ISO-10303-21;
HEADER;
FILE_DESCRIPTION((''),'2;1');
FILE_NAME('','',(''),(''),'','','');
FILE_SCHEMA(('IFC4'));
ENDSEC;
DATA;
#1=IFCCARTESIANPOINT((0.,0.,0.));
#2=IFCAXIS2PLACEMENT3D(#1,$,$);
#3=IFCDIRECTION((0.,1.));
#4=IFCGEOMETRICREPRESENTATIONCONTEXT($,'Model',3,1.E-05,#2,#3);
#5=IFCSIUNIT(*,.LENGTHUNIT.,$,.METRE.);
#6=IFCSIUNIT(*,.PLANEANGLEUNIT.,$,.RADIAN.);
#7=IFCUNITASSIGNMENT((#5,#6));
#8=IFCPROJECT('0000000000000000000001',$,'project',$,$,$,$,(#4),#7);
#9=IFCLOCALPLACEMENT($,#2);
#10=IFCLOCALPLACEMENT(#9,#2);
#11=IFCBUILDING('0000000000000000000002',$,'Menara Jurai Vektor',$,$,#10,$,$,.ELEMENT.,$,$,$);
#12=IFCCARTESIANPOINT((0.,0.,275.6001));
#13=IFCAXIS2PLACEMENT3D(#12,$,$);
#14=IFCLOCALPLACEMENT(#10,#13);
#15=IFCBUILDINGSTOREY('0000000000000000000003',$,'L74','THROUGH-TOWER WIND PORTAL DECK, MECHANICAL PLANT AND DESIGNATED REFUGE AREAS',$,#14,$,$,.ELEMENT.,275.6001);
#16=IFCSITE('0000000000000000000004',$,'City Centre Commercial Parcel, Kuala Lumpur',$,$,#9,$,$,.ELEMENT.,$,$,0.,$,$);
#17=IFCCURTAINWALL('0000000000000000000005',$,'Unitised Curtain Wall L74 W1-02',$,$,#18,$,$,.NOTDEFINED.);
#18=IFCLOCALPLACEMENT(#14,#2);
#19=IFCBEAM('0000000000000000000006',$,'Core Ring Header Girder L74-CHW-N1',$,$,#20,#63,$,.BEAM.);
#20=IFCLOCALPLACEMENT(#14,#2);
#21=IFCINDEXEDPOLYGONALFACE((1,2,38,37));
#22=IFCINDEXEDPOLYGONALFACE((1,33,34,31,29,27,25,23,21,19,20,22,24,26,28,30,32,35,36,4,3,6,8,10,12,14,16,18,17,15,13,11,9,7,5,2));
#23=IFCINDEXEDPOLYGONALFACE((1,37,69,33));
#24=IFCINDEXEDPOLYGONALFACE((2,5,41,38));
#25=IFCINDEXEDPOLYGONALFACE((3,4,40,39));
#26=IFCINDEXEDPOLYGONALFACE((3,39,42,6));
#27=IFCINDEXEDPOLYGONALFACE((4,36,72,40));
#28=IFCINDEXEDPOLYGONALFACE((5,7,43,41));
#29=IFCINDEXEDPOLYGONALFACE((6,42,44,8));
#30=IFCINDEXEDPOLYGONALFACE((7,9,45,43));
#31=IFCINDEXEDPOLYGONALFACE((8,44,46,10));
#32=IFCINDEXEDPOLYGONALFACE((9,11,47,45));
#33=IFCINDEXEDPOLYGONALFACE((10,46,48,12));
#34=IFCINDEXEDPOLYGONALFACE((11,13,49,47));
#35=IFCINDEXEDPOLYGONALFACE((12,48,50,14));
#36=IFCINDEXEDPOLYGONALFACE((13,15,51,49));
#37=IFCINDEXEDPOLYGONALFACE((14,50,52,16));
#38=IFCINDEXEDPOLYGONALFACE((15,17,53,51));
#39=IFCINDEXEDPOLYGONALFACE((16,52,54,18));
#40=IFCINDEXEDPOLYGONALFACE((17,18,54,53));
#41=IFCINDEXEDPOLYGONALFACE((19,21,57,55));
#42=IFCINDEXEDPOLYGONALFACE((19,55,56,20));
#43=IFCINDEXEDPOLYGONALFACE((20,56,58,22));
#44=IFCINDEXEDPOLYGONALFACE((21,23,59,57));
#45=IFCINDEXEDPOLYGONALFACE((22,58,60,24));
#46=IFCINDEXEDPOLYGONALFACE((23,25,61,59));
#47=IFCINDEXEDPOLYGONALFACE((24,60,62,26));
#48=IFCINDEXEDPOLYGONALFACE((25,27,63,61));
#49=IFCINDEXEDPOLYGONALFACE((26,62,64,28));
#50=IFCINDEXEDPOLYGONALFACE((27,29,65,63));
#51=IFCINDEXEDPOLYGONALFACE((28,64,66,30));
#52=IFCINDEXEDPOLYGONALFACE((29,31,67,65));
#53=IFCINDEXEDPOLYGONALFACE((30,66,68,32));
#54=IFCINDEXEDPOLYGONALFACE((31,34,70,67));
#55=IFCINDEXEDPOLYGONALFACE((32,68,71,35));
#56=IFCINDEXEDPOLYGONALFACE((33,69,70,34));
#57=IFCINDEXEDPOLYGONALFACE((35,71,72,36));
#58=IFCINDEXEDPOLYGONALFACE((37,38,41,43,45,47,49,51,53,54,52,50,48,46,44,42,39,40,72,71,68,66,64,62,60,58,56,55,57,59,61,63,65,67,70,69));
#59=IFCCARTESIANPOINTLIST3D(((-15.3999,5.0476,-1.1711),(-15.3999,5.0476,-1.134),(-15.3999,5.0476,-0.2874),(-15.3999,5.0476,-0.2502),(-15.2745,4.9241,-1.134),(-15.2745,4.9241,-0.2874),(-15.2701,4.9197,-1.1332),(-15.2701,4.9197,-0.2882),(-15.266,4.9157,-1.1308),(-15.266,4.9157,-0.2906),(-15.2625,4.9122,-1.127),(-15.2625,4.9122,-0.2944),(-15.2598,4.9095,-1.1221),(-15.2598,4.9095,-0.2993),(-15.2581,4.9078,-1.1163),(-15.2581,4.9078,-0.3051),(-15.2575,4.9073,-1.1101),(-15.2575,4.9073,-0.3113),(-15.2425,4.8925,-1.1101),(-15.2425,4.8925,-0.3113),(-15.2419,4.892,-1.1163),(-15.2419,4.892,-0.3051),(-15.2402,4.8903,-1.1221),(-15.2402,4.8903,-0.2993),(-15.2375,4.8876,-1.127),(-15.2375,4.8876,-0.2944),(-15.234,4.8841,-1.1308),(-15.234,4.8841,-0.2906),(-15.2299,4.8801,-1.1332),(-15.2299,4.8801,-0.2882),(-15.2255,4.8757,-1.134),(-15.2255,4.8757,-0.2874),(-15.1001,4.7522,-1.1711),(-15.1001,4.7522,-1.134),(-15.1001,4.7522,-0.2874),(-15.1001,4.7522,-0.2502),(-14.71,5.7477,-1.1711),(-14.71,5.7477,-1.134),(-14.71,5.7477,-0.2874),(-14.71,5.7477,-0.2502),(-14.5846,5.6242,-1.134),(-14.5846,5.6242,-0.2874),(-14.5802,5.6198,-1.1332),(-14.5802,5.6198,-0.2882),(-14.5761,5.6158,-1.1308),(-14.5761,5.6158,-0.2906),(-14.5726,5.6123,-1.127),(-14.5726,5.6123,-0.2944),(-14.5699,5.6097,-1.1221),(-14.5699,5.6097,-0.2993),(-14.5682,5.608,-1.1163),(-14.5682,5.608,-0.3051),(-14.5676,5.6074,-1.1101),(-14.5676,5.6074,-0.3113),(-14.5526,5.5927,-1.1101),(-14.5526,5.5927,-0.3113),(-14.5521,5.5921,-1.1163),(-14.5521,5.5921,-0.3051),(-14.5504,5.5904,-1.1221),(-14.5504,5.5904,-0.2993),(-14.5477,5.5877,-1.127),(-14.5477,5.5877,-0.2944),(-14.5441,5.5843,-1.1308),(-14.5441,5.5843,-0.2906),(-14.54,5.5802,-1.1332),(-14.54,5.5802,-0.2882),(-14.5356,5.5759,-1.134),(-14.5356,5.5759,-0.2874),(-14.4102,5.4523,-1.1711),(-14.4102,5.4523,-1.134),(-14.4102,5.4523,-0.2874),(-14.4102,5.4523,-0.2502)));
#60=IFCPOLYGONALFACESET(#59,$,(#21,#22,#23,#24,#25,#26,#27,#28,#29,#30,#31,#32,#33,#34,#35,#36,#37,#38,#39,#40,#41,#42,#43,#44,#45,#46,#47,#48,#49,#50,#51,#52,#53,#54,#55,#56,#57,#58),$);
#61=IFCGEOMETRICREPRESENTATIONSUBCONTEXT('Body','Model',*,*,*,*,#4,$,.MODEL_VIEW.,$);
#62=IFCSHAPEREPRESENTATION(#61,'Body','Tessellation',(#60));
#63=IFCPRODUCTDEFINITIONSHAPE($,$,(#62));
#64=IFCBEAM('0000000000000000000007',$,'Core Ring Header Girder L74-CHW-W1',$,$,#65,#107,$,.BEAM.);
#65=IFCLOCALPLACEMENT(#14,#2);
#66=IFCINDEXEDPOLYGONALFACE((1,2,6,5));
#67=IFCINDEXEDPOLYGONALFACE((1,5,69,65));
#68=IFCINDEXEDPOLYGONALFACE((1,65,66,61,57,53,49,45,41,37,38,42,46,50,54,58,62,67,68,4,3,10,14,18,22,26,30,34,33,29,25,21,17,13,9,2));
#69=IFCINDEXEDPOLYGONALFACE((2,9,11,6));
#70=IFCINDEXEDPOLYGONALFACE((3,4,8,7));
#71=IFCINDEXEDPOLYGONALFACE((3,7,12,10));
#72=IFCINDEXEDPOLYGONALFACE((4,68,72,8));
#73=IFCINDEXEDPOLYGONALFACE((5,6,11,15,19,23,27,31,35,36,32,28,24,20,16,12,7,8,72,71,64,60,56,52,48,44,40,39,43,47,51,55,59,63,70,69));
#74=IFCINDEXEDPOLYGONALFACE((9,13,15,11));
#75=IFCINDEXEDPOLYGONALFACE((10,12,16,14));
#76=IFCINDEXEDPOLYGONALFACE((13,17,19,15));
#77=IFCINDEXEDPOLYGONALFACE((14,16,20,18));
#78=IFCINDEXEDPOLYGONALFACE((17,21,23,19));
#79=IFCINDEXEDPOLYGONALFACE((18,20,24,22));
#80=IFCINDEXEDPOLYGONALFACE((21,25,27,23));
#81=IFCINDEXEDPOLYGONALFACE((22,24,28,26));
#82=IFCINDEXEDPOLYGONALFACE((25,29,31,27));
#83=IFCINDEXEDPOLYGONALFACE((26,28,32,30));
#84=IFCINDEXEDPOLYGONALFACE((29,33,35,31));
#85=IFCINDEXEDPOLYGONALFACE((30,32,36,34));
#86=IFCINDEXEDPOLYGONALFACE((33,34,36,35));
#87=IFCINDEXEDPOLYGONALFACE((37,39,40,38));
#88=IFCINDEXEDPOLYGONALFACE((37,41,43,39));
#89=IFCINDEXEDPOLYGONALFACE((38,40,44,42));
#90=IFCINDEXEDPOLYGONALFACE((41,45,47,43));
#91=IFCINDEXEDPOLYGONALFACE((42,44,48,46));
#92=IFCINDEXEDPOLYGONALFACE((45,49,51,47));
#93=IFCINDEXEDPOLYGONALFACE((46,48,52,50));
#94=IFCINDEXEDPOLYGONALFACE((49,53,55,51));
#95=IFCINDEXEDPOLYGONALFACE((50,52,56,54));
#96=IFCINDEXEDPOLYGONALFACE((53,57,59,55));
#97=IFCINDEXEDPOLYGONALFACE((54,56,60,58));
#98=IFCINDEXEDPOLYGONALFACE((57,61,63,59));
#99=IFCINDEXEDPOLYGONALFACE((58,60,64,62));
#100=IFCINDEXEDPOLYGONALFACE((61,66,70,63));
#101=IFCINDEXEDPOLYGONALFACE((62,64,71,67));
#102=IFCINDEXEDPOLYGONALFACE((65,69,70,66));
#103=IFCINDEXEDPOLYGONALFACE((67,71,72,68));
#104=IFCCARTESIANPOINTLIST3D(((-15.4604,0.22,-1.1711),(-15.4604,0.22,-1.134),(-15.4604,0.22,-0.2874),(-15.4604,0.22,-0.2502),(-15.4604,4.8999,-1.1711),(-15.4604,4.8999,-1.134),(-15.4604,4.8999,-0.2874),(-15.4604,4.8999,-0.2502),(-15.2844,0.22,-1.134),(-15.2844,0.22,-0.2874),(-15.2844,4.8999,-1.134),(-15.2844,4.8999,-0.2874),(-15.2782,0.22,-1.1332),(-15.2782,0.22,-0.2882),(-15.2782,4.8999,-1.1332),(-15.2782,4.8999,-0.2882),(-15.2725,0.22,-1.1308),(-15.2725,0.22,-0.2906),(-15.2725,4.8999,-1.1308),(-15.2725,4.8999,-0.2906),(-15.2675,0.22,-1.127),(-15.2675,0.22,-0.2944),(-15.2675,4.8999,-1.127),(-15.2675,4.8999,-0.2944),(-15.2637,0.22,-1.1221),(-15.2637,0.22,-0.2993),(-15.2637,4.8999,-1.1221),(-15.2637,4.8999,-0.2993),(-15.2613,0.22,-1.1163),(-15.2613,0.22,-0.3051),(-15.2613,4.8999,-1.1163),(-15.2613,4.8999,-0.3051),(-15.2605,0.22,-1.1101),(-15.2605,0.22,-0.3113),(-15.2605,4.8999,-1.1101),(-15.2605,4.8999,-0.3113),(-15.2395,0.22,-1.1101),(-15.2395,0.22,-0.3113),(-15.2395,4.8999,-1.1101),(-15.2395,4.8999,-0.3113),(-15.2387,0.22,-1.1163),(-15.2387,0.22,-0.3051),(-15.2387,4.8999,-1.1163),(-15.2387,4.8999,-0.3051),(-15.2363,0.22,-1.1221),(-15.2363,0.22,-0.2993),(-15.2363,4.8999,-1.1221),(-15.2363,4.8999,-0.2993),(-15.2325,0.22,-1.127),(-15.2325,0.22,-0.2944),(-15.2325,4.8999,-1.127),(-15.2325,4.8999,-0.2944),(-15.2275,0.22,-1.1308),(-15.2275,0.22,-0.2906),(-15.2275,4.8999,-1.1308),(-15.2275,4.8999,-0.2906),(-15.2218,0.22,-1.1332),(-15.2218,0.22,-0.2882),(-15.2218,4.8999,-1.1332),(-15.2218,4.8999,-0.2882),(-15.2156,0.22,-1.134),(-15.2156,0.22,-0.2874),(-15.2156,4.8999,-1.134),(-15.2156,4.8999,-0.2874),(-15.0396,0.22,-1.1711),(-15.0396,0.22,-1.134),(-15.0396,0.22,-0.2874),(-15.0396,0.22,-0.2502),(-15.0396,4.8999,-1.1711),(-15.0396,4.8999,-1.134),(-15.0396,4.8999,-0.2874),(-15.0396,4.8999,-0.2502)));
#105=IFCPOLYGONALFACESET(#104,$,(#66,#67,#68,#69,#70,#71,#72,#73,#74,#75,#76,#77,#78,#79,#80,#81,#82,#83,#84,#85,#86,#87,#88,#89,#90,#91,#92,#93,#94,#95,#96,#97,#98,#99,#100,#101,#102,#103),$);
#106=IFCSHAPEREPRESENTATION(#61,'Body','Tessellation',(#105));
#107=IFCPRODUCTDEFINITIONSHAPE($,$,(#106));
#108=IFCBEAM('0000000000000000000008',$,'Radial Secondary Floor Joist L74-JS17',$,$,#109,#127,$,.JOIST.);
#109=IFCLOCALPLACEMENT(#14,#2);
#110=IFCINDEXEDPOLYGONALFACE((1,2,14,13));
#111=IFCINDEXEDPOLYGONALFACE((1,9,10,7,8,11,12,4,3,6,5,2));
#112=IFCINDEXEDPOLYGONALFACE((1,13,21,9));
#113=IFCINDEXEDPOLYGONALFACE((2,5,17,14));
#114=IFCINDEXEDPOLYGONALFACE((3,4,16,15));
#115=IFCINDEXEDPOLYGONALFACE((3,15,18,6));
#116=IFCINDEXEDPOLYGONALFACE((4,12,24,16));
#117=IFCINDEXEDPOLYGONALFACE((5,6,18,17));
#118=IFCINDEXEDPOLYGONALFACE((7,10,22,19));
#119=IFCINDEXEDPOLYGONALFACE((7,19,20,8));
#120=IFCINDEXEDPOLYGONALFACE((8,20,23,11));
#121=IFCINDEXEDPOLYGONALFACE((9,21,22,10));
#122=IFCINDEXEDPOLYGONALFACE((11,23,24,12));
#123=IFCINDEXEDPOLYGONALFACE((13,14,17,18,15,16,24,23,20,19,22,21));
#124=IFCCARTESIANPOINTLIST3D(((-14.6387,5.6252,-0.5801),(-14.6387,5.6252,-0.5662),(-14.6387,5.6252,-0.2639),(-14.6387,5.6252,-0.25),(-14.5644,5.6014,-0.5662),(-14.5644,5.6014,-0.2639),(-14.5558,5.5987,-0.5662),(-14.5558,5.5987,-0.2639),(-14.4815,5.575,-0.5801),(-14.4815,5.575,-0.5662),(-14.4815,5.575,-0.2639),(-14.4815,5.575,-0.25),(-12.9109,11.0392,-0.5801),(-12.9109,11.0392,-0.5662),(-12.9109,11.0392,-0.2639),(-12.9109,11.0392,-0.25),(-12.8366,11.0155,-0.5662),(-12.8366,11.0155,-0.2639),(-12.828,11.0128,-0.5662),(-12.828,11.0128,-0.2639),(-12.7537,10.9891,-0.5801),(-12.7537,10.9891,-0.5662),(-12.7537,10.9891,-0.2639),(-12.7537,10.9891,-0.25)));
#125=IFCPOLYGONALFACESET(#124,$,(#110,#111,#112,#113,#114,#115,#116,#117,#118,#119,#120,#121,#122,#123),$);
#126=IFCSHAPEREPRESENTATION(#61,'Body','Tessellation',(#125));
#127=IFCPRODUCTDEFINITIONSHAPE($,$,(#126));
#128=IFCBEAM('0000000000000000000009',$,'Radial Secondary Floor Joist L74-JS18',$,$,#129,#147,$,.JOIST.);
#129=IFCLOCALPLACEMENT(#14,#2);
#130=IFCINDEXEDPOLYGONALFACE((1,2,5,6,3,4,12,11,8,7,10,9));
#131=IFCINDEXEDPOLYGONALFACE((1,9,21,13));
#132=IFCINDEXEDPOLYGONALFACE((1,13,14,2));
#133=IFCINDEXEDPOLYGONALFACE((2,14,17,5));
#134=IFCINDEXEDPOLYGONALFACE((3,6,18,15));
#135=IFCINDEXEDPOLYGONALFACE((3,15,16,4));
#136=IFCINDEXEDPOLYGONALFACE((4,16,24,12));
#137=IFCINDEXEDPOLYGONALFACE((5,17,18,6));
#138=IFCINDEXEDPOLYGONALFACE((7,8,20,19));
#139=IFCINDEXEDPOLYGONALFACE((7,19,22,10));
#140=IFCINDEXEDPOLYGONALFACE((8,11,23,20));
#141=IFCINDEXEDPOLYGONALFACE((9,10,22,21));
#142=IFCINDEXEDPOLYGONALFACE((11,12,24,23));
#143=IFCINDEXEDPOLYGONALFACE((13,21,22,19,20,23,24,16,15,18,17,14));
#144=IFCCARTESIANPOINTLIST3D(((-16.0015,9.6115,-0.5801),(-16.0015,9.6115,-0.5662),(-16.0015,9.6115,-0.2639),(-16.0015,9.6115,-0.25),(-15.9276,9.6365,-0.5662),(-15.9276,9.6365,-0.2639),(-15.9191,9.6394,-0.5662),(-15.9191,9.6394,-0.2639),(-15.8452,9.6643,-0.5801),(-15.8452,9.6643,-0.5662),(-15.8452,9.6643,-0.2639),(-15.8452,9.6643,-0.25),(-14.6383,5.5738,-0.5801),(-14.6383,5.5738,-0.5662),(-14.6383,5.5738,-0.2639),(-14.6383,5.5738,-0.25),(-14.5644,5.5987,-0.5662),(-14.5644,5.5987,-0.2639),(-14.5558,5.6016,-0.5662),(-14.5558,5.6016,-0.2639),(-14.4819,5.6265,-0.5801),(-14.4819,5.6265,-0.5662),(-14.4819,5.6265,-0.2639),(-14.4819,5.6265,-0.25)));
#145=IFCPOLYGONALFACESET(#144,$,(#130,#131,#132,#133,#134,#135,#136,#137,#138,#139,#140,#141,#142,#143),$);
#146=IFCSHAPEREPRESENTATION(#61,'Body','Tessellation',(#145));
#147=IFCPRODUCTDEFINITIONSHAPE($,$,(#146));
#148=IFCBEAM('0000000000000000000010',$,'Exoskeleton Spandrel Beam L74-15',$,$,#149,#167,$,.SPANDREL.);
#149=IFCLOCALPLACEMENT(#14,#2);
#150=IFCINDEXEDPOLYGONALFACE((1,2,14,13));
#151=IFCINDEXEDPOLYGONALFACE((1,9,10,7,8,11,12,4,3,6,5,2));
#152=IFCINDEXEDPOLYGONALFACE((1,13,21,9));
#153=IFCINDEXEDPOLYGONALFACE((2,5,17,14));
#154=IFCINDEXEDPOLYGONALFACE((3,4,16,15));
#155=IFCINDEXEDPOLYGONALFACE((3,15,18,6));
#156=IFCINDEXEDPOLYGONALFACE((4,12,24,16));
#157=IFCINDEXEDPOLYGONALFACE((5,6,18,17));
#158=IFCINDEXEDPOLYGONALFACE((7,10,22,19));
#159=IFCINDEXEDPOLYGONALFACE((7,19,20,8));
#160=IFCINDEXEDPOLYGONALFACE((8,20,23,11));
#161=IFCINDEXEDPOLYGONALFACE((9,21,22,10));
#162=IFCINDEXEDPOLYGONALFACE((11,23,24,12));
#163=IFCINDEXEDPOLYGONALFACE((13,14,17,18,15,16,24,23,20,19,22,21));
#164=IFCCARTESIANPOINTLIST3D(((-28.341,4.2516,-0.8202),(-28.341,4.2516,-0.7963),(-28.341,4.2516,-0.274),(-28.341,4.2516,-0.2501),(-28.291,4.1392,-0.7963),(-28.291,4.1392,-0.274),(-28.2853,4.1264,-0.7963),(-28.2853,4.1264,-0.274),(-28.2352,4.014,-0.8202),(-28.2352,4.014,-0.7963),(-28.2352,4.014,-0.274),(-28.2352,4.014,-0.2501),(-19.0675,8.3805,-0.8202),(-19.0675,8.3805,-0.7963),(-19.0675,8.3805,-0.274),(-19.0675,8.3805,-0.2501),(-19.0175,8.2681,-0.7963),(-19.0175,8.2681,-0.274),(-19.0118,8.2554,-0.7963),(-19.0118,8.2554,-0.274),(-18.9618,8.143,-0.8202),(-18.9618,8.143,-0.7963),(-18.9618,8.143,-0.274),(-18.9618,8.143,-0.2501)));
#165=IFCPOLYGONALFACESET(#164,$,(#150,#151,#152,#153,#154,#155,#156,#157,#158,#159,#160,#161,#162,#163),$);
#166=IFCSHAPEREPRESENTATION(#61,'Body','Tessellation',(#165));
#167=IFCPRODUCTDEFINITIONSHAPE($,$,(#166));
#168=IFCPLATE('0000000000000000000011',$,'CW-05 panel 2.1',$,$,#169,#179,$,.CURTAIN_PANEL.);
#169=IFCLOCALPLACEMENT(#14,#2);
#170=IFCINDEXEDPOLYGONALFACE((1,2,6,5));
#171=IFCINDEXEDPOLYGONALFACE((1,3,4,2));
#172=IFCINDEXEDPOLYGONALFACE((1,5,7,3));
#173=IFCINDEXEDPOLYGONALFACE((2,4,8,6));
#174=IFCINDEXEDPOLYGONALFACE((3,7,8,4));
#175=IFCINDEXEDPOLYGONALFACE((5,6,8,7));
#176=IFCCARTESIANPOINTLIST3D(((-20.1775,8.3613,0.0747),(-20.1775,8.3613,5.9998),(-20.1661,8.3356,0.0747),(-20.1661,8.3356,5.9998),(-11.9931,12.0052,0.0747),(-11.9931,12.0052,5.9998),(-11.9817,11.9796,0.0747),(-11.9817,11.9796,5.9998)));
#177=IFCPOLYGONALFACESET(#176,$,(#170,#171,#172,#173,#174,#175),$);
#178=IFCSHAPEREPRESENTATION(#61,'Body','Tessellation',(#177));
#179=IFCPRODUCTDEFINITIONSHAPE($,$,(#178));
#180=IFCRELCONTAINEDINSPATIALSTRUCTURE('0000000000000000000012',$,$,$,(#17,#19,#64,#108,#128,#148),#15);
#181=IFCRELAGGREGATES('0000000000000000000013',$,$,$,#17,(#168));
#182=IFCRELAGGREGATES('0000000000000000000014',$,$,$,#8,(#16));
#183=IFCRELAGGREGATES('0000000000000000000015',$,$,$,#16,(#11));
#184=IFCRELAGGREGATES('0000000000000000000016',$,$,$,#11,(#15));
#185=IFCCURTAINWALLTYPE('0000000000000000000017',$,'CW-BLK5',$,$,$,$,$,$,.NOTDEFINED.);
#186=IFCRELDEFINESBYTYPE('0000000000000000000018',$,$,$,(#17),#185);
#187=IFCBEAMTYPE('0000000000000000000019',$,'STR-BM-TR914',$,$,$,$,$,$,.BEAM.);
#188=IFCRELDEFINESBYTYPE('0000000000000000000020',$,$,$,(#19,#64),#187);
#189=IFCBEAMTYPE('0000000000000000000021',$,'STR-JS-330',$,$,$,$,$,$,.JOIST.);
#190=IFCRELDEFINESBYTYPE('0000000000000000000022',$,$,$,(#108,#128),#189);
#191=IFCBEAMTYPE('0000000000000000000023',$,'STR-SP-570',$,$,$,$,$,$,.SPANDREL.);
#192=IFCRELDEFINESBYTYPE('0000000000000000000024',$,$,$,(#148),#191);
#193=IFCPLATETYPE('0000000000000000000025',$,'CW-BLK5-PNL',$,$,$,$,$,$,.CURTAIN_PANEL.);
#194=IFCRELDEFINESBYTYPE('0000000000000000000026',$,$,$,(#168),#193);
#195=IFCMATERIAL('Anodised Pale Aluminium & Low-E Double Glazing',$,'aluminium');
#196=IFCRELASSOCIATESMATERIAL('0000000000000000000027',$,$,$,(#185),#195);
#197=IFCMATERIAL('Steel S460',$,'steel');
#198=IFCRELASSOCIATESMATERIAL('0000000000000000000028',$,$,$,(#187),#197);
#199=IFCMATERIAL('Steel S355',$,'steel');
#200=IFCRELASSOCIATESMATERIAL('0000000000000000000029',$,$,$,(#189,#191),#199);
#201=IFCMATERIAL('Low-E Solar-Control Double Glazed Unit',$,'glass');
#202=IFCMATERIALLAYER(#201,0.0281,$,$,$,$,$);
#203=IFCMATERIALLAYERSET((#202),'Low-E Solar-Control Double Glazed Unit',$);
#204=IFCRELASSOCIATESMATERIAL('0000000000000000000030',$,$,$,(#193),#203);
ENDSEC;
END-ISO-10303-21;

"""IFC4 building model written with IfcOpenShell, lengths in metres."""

from ifc_helpers import new_model, si_unit, direction, frame, origin, origin_2d, place, context, subcontext, project, spatial, rectangle, i_section, extrude, material, layer, layer_set, material_profile, profile_set, type_object, element, aggregate, save


model = new_model("IFC4")

# Units and contexts
model_context = context("Model", 3, precision=1e-05, world=origin(), true_north=direction((0.0, 1.0)))
body_context = subcontext(model_context, "Body", "Model", "MODEL_VIEW")
ifc_project = project(units=[si_unit("LENGTHUNIT", "METRE"), si_unit("PLANEANGLEUNIT", "RADIAN")], contexts=[model_context])

# Site, building, storey
site_placement = place(None, origin())
site = spatial("IfcSite", under=ifc_project, at=site_placement, Name="City Centre Commercial Parcel, Kuala Lumpur", CompositionType="ELEMENT", RefElevation=0.0)
building_placement = place(site_placement, origin())
building = spatial("IfcBuilding", under=site, at=building_placement, Name="Menara Jurai Vektor", CompositionType="ELEMENT")
storey_placement = place(building_placement, frame((0.0, 0.0, 275.6001)))
storey = spatial("IfcBuildingStorey", under=building, at=storey_placement, Name="L74", Description="THROUGH-TOWER WIND PORTAL DECK, MECHANICAL PLANT AND DESIGNATED REFUGE AREAS", CompositionType="ELEMENT", Elevation=275.6001)

# Shared definitions
ifc_material_1 = material(Name="Steel S460", Category="steel")

# Curtain wall
ifc_material_2 = material(Name="Anodised Pale Aluminium & Low-E Double Glazing", Category="aluminium")
curtain_wall_type = type_object("IfcCurtainWallType", Name="CW-BLK5", PredefinedType="NOTDEFINED", material=ifc_material_2)
curtain_wall_placement = place(storey_placement, origin())
curtain_wall = element("IfcCurtainWall", 1, at=curtain_wall_placement, inside=storey, type_object=curtain_wall_type, Name="Unitised Curtain Wall L74 W1-02", PredefinedType="NOTDEFINED")

# Beams
ifc_material_3 = material(Name="Steel S355", Category="steel")
ifc_material_profile_1 = material_profile(ifc_material_1, i_section(OverallWidth=0.4209, OverallDepth=0.9209, WebThickness=0.021, FlangeThickness=0.0371, FilletRadius=0.0239, at=origin_2d()), Name="UKB 914x419x388")
ifc_profile_set_1 = profile_set([ifc_material_profile_1], Name="Steel S460")
beam_type_1 = type_object("IfcBeamType", Name="STR-BM-TR914", PredefinedType="BEAM", material=ifc_profile_set_1)
beam_1_placement = place(storey_placement, frame((-15.25, 4.8999, -0.7107), z_axis=(0.701872, 0.712303, 0.0), x_axis=(-0.712303, 0.701872, 0.0)))
element("IfcBeam", 2, at=beam_1_placement, inside=storey, type_object=beam_type_1, Name="Core Ring Header Girder L74-CHW-N1", PredefinedType="BEAM", context=body_context, shape_type="SweptSolid", body=[
    extrude(i_section(OverallWidth=0.4209, OverallDepth=0.9209, WebThickness=0.021, FlangeThickness=0.0371, FilletRadius=0.0239, at=origin_2d()), origin(), (0.0, 0.0, 1.0), 0.9829),
])
beam_2_placement = place(storey_placement, frame((-15.25, 0.22, -0.7107), z_axis=(0.0, 1.0, 0.0), x_axis=(-1.0, 0.0, 0.0)))
element("IfcBeam", 3, at=beam_2_placement, inside=storey, type_object=beam_type_1, Name="Core Ring Header Girder L74-CHW-W1", PredefinedType="BEAM", context=body_context, shape_type="SweptSolid", body=[
    extrude(i_section(OverallWidth=0.4209, OverallDepth=0.9209, WebThickness=0.021, FlangeThickness=0.0371, FilletRadius=0.0239, at=origin_2d()), origin(), (0.0, 0.0, 1.0), 4.6799),
])
ifc_material_profile_2 = material_profile(ifc_material_3, i_section(OverallWidth=0.165, OverallDepth=0.3301, WebThickness=0.009, FlangeThickness=0.0139, at=origin_2d()), Name="PG 330x165x46")
ifc_profile_set_2 = profile_set([ifc_material_profile_2], Name="Steel S355")
beam_type_2 = type_object("IfcBeamType", Name="STR-JS-330", PredefinedType="JOIST", material=ifc_profile_set_2)
beam_3_placement = place(storey_placement, frame((-12.8323, 11.0142, -0.415), z_axis=(-0.304023, -0.952665, 0.0), x_axis=(0.952665, -0.304023, 0.0)))
element("IfcBeam", 4, at=beam_3_placement, inside=storey, type_object=beam_type_2, Name="Radial Secondary Floor Joist L74-JS17", PredefinedType="JOIST", context=body_context, shape_type="SweptSolid", body=[
    extrude(i_section(OverallWidth=0.165, OverallDepth=0.3301, WebThickness=0.009, FlangeThickness=0.0139, at=origin_2d()), origin(), (0.0, 0.0, 1.0), 5.6831),
])
beam_4_placement = place(storey_placement, frame((-15.9233, 9.6379, -0.415), z_axis=(0.319886, -0.947456, 0.0), x_axis=(0.947456, 0.319886, 0.0)))
element("IfcBeam", 5, at=beam_4_placement, inside=storey, type_object=beam_type_2, Name="Radial Secondary Floor Joist L74-JS18", PredefinedType="JOIST", context=body_context, shape_type="SweptSolid", body=[
    extrude(i_section(OverallWidth=0.165, OverallDepth=0.3301, WebThickness=0.009, FlangeThickness=0.0139, at=origin_2d()), origin(), (0.0, 0.0, 1.0), 4.2617),
])
ifc_material_profile_3 = material_profile(ifc_material_3, i_section(OverallWidth=0.26, OverallDepth=0.5701, WebThickness=0.0139, FlangeThickness=0.0239, at=origin_2d()), Name="PG 570x260x145")
ifc_profile_set_3 = profile_set([ifc_material_profile_3], Name="Steel S355")
beam_type_3 = type_object("IfcBeamType", Name="STR-SP-570", PredefinedType="SPANDREL", material=ifc_profile_set_3)
beam_5_placement = place(storey_placement, frame((-19.0146, 8.2617, -0.5352), z_axis=(-0.913542, -0.406745, 0.0), x_axis=(0.406745, -0.913542, 0.0)))
element("IfcBeam", 6, at=beam_5_placement, inside=storey, type_object=beam_type_3, Name="Exoskeleton Spandrel Beam L74-15", PredefinedType="SPANDREL", context=body_context, shape_type="SweptSolid", body=[
    extrude(i_section(OverallWidth=0.26, OverallDepth=0.5701, WebThickness=0.0139, FlangeThickness=0.0239, at=origin_2d()), origin(), (0.0, 0.0, 1.0), 10.1511),
])

# Plate
ifc_material_4 = material(Name="Low-E Solar-Control Double Glazed Unit", Category="glass")
ifc_layer_1 = layer(ifc_material_4, 0.0281)
ifc_layer_set_1 = layer_set([ifc_layer_1], Name="Low-E Solar-Control Double Glazed Unit")
plate_type = type_object("IfcPlateType", Name="CW-BLK5-PNL", PredefinedType="CURTAIN_PANEL", material=ifc_layer_set_1)
plate_placement = place(storey_placement, frame((-16.0796, 10.1704, 0.0747), z_axis=(0.0, 0.0, 1.0), x_axis=(-0.913546, -0.406736, 0.0)))
plate = element("IfcPlate", 7, at=plate_placement, type_object=plate_type, Name="CW-05 panel 2.1", PredefinedType="CURTAIN_PANEL", context=body_context, shape_type="SweptSolid", body=[
    extrude(rectangle(XDim=8.959, YDim=0.0281, at=origin_2d()), origin(), (0.0, 0.0, 1.0), 5.925),
])
aggregate(curtain_wall, [plate])

save(model, "model.ifc")
